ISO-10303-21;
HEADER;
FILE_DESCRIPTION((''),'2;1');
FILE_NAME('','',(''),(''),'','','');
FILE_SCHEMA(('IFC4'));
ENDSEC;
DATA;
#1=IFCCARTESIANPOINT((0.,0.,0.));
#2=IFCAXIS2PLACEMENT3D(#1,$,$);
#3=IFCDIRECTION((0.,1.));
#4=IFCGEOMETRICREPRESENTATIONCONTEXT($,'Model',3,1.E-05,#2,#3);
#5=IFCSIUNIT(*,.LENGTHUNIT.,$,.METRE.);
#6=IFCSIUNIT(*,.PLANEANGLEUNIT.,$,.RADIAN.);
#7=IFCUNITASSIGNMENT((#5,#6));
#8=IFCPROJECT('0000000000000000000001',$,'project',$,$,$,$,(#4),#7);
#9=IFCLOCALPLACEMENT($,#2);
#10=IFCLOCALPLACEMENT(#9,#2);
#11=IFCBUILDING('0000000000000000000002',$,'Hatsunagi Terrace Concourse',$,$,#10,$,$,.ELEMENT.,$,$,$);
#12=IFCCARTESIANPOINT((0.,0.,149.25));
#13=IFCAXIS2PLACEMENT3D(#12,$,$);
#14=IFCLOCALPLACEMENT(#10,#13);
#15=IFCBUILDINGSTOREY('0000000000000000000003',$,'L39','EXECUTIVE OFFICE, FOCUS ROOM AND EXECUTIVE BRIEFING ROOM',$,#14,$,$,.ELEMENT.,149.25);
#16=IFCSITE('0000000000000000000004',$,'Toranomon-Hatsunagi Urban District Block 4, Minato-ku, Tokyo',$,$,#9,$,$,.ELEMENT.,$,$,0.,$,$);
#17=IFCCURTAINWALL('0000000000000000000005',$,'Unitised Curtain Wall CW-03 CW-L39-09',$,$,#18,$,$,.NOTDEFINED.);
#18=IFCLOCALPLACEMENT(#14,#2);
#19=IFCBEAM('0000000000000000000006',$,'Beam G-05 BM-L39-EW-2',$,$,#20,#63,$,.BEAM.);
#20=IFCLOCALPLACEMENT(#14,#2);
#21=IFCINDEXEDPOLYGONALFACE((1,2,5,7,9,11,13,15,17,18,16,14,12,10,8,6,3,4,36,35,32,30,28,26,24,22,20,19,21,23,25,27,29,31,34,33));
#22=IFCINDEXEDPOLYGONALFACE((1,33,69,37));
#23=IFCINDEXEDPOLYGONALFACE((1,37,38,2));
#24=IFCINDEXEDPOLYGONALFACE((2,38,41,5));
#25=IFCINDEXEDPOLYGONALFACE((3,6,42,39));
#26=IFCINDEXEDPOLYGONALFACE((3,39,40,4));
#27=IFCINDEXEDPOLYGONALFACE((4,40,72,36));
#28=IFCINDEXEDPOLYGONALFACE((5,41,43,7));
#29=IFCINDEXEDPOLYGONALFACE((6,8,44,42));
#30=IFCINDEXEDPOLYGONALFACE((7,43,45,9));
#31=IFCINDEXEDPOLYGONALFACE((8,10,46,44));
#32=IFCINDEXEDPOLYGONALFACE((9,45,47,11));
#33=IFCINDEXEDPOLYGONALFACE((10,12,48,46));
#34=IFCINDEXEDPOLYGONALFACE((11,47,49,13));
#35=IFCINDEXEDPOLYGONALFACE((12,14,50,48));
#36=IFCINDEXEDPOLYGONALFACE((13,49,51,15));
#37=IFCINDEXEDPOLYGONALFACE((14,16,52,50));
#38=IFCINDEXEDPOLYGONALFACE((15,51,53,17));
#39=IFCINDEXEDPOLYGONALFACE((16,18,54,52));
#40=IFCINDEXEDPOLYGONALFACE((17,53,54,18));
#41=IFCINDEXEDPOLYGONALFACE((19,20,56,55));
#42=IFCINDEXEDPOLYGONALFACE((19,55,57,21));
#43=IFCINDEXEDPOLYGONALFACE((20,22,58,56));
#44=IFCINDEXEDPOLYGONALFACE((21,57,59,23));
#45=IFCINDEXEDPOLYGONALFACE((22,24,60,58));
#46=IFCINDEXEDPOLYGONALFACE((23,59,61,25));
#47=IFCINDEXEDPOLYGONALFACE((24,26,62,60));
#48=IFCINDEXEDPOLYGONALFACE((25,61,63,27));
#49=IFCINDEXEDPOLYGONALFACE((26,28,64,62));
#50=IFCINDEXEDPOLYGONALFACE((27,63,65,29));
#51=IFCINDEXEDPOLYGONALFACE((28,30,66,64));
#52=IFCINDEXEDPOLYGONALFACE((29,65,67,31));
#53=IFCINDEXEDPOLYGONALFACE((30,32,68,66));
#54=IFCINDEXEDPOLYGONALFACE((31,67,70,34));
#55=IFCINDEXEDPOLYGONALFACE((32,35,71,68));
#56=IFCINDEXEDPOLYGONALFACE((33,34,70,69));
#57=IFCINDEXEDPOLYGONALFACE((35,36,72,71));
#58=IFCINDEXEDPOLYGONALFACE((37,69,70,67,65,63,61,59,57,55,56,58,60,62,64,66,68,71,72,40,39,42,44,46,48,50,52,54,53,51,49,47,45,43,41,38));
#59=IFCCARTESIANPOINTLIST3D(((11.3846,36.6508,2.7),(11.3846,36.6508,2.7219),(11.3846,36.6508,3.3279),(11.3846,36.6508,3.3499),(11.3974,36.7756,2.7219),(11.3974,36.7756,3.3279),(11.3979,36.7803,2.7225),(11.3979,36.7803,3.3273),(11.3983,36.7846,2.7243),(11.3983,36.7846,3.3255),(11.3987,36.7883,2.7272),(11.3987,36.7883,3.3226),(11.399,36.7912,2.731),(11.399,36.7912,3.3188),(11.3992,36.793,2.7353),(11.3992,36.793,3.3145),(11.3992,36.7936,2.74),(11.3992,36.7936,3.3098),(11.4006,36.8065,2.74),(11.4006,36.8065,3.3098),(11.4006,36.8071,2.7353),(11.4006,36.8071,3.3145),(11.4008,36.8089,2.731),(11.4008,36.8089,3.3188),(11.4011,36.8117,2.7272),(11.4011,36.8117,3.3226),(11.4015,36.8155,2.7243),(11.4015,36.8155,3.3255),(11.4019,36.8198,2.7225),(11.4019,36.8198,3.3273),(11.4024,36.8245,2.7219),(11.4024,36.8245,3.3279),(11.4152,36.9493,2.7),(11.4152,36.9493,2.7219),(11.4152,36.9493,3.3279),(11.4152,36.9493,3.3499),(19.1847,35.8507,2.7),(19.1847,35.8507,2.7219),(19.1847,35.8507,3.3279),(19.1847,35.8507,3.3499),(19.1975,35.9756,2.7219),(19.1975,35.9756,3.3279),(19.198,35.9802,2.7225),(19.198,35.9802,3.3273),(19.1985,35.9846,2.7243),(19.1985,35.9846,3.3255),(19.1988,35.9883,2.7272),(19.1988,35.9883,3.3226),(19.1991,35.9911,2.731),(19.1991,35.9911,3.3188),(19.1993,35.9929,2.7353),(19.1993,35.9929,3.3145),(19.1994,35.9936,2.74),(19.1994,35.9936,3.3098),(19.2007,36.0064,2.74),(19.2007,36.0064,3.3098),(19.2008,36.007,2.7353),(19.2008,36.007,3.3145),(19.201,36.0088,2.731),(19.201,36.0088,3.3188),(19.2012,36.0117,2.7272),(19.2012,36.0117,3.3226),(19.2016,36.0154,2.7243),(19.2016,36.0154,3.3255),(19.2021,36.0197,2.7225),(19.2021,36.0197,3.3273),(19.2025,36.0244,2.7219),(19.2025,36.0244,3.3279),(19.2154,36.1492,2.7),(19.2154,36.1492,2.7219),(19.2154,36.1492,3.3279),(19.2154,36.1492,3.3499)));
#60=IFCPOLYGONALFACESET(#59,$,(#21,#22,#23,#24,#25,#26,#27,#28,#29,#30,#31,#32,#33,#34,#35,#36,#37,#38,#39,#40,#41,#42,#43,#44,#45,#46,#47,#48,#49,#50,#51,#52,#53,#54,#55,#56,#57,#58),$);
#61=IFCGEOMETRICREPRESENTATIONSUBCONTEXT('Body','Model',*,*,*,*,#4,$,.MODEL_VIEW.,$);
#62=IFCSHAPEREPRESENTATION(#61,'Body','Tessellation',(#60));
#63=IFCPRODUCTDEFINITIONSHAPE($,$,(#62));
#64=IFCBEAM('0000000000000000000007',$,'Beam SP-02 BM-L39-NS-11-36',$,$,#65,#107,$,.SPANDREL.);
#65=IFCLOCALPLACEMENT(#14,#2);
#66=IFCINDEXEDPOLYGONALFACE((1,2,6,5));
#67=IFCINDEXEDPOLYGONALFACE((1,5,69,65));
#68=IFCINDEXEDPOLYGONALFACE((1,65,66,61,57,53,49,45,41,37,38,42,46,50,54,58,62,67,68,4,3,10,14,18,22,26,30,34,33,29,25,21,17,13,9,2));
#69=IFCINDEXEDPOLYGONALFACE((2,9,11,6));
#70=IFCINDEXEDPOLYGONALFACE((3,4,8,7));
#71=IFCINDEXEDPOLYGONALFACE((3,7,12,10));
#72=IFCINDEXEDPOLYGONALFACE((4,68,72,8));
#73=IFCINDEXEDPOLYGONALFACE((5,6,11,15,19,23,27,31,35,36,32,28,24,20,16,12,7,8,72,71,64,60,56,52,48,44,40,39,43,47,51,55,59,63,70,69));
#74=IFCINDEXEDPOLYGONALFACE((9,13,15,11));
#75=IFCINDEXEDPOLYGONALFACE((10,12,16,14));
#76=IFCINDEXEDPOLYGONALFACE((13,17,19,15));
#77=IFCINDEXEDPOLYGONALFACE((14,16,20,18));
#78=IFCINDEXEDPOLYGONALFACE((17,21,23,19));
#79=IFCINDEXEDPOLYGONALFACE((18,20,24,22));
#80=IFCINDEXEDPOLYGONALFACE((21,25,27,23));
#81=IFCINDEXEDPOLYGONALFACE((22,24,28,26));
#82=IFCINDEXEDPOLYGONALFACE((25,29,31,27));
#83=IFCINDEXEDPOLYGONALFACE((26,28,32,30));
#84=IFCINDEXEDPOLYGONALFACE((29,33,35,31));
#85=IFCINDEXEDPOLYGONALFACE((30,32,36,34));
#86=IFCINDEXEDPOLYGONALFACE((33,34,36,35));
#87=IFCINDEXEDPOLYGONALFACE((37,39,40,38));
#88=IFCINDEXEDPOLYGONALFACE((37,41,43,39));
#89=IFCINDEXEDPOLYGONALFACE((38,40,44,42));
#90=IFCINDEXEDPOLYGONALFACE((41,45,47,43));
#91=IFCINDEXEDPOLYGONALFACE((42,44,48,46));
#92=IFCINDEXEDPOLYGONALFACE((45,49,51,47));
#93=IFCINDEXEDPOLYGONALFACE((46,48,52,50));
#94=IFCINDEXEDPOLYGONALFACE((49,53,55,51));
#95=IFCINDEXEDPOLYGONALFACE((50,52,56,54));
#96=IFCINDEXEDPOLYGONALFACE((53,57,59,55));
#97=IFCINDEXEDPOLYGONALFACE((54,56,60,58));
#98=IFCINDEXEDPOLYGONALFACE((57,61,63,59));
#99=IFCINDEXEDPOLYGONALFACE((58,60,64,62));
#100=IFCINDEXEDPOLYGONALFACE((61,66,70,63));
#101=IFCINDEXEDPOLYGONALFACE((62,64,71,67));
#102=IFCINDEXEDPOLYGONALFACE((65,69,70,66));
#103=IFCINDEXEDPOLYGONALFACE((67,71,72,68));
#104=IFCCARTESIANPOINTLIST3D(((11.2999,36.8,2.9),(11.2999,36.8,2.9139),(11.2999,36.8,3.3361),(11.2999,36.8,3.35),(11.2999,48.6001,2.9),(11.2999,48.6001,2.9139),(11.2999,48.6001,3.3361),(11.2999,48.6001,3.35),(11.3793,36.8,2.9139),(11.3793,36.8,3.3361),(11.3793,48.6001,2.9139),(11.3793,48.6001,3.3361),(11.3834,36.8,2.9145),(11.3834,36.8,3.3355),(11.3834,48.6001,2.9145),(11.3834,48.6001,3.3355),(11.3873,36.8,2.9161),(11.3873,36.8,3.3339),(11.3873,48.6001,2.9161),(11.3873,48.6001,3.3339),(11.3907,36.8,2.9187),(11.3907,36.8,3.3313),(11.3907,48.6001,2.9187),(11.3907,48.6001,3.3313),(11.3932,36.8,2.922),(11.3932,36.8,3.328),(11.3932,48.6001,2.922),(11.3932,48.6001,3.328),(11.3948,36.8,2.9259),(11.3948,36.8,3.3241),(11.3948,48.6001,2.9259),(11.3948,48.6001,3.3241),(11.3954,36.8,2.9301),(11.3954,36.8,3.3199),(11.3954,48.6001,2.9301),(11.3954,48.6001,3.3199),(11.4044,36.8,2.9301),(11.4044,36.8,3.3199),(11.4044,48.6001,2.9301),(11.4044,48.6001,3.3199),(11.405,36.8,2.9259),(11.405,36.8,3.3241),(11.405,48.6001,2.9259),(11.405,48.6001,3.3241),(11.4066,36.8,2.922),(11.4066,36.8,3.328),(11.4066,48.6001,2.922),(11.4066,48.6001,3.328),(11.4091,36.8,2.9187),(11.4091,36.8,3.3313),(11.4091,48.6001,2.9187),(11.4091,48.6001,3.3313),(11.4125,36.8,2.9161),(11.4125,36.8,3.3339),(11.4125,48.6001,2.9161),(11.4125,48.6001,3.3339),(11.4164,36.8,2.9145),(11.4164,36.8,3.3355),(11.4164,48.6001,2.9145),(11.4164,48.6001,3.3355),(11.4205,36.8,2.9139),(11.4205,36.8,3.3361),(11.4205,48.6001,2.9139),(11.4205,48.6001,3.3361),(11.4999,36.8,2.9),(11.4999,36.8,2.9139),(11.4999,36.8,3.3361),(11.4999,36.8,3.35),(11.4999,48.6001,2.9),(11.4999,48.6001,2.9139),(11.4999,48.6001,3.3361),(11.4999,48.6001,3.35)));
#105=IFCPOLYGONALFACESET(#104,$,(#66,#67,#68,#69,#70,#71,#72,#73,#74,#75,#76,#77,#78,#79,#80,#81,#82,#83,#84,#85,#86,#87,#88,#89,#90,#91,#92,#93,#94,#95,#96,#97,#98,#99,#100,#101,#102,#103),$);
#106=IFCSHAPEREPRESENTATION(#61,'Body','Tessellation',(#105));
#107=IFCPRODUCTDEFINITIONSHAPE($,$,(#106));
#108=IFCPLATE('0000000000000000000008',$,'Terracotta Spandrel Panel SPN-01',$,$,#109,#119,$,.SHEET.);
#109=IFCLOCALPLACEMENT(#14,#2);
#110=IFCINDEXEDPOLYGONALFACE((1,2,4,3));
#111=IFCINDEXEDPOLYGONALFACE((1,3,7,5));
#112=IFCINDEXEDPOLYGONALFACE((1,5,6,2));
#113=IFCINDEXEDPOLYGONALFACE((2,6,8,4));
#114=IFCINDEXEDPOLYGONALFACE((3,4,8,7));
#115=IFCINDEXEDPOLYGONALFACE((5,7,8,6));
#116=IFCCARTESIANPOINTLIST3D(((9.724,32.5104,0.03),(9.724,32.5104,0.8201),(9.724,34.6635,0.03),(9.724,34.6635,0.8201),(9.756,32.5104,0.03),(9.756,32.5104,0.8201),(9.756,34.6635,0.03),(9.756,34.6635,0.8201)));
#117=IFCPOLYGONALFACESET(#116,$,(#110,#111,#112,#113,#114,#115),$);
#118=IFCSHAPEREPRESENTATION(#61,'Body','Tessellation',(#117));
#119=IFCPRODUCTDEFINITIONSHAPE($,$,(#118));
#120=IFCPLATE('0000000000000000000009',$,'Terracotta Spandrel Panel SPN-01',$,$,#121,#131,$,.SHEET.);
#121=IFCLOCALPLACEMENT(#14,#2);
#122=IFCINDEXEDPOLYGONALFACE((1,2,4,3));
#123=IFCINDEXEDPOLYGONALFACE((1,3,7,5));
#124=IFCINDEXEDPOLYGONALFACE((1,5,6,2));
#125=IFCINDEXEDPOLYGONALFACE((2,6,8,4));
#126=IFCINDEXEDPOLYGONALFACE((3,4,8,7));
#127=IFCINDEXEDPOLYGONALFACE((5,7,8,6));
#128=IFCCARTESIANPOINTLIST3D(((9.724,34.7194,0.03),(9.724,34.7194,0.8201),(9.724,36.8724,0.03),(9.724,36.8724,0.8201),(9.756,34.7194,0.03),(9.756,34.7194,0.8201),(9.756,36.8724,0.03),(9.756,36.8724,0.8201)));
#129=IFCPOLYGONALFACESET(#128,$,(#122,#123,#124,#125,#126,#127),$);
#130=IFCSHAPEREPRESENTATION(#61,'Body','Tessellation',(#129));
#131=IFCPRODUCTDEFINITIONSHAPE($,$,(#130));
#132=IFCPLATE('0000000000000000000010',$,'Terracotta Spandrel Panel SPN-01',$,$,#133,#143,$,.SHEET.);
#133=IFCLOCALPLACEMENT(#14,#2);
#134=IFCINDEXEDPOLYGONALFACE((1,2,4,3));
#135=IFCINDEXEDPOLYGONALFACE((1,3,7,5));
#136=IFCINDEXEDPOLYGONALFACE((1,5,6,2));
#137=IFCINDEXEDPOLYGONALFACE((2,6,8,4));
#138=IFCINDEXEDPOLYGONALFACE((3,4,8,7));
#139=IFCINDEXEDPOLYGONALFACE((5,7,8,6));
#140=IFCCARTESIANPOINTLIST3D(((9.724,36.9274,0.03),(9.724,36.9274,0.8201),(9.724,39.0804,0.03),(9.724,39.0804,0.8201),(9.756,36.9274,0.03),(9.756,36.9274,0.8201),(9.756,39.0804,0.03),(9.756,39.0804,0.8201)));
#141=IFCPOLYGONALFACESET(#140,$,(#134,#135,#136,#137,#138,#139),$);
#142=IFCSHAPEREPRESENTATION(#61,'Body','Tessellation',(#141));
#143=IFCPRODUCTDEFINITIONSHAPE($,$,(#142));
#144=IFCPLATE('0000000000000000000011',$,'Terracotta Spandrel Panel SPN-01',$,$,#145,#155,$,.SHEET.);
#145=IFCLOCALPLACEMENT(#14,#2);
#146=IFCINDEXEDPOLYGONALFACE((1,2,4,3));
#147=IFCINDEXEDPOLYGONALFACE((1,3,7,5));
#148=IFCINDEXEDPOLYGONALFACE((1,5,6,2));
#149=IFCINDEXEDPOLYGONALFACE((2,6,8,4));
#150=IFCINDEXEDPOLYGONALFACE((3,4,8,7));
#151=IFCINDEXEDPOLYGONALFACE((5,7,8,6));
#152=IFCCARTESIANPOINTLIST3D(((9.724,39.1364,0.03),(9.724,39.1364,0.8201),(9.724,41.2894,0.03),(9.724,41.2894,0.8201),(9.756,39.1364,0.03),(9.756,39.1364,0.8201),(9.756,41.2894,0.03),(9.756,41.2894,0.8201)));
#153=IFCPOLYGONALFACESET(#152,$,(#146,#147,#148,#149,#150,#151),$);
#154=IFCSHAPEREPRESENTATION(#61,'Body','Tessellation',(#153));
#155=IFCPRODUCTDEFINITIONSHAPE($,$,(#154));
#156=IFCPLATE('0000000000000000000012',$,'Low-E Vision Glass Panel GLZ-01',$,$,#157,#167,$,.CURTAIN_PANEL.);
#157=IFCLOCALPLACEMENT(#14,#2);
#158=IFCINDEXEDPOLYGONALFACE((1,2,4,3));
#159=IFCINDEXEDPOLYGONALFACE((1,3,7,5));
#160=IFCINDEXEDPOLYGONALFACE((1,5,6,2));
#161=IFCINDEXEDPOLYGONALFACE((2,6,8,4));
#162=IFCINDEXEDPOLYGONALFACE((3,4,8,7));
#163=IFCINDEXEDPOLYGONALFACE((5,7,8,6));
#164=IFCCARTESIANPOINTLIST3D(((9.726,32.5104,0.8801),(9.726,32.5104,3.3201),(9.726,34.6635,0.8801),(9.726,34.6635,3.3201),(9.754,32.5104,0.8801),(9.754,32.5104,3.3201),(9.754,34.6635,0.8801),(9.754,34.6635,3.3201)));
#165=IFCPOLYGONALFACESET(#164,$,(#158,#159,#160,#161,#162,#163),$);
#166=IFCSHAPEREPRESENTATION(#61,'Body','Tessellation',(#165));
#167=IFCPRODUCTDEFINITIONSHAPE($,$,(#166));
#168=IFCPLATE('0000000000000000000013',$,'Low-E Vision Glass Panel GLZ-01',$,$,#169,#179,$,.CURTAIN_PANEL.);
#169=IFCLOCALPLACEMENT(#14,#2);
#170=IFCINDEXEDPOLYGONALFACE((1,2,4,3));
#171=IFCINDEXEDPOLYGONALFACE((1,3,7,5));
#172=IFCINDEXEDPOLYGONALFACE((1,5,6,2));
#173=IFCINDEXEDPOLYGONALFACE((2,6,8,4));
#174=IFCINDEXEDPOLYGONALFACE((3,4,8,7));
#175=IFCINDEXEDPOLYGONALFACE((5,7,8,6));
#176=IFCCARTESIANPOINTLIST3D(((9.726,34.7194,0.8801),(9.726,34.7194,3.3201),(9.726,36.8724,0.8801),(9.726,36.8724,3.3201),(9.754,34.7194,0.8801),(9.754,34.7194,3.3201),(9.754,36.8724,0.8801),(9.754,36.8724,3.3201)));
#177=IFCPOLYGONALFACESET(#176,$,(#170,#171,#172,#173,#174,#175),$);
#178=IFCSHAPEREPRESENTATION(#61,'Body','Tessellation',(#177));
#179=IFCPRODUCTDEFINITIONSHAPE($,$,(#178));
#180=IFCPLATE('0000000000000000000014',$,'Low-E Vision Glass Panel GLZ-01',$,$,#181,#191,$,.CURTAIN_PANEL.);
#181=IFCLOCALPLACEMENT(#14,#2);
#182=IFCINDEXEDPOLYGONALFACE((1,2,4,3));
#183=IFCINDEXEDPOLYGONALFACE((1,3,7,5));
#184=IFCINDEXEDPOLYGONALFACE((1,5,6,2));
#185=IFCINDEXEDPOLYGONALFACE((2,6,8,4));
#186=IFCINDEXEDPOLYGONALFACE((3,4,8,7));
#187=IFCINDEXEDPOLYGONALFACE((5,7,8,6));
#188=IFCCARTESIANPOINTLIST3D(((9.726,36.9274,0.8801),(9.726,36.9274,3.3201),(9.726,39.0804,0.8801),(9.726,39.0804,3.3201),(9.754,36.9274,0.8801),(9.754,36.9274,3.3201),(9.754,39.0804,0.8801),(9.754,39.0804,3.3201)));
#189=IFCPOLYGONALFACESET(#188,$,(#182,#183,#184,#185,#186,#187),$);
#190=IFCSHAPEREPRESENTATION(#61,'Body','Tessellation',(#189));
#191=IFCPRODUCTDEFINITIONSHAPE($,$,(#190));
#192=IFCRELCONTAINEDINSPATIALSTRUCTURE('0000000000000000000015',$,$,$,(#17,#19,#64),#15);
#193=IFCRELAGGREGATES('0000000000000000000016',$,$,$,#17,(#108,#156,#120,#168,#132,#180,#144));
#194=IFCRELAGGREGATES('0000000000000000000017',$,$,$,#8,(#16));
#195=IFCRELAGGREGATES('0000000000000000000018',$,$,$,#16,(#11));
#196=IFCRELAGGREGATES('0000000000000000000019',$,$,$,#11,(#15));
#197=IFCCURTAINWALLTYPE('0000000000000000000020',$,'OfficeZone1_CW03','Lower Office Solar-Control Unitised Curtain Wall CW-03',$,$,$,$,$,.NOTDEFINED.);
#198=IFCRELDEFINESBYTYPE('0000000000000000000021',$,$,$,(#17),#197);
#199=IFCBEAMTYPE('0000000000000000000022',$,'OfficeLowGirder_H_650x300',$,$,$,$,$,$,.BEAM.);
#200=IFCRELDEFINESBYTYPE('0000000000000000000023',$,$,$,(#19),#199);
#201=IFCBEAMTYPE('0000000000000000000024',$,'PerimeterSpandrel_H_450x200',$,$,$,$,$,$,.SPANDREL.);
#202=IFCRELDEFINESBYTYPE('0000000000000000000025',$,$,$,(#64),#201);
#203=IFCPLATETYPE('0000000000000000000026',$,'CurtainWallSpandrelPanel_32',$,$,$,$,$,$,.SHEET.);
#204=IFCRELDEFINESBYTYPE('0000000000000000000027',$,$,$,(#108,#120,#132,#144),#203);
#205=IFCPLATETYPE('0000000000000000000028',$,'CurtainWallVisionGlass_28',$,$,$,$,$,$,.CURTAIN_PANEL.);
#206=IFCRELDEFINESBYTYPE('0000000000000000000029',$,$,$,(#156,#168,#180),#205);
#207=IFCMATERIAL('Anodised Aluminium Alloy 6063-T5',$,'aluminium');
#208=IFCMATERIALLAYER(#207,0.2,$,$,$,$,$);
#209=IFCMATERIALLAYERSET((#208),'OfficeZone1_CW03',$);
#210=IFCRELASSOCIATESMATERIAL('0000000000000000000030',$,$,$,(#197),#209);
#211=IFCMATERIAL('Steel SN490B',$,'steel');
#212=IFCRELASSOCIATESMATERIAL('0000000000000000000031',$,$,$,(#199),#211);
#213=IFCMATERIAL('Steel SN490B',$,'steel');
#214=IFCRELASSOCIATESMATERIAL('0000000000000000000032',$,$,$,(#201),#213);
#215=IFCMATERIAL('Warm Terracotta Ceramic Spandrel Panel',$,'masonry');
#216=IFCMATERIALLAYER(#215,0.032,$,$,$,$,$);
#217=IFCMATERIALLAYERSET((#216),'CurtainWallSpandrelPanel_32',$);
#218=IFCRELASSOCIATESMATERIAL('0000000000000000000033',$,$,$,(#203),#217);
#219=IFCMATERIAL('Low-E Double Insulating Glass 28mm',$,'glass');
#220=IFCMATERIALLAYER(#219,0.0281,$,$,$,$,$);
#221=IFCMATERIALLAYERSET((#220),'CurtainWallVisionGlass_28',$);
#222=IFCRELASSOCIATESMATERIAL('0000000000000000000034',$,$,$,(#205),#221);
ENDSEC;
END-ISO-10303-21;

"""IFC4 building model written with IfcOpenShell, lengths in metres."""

from ifc_helpers import new_model, si_unit, direction, frame, origin, origin_2d, place, context, subcontext, project, spatial, rectangle, i_section, extrude, material, layer, layer_set, material_profile, profile_set, type_object, element, aggregate, save


model = new_model("IFC4")

# Units and contexts
model_context = context("Model", 3, precision=1e-05, world=origin(), true_north=direction((0.0, 1.0)))
body_context = subcontext(model_context, "Body", "Model", "MODEL_VIEW")
ifc_project = project(units=[si_unit("LENGTHUNIT", "METRE"), si_unit("PLANEANGLEUNIT", "RADIAN")], contexts=[model_context])

# Site, building, storey
site_placement = place(None, origin())
site = spatial("IfcSite", under=ifc_project, at=site_placement, Name="Toranomon-Hatsunagi Urban District Block 4, Minato-ku, Tokyo", CompositionType="ELEMENT", RefElevation=0.0)
building_placement = place(site_placement, origin())
building = spatial("IfcBuilding", under=site, at=building_placement, Name="Hatsunagi Terrace Concourse", CompositionType="ELEMENT")
storey_placement = place(building_placement, frame((0.0, 0.0, 149.25)))
storey = spatial("IfcBuildingStorey", under=building, at=storey_placement, Name="L39", Description="EXECUTIVE OFFICE, FOCUS ROOM AND EXECUTIVE BRIEFING ROOM", CompositionType="ELEMENT", Elevation=149.25)

# Curtain wall
ifc_material_1 = material(Name="Anodised Aluminium Alloy 6063-T5", Category="aluminium")
ifc_layer_1 = layer(ifc_material_1, 0.2)
ifc_layer_set_1 = layer_set([ifc_layer_1], Name="OfficeZone1_CW03")
curtain_wall_type = type_object("IfcCurtainWallType", Name="OfficeZone1_CW03", Description="Lower Office Solar-Control Unitised Curtain Wall CW-03", PredefinedType="NOTDEFINED", material=ifc_layer_set_1)
curtain_wall_placement = place(storey_placement, origin())
curtain_wall = element("IfcCurtainWall", 1, at=curtain_wall_placement, inside=storey, type_object=curtain_wall_type, Name="Unitised Curtain Wall CW-03 CW-L39-09", PredefinedType="NOTDEFINED")

# Beams
ifc_material_2 = material(Name="Steel SN490B", Category="steel")
ifc_material_profile_1 = material_profile(ifc_material_2, i_section(OverallWidth=0.3, OverallDepth=0.6499, WebThickness=0.0129, FlangeThickness=0.022, FilletRadius=0.0181, at=origin_2d()), Name="H-650x300x13x22")
ifc_profile_set_1 = profile_set([ifc_material_profile_1], Name="Steel SN490B")
beam_type_1 = type_object("IfcBeamType", Name="OfficeLowGirder_H_650x300", PredefinedType="BEAM", material=ifc_profile_set_1)
beam_1_placement = place(storey_placement, frame((11.3999, 36.8, 3.0249), z_axis=(0.994781, -0.102034, 0.0), x_axis=(0.102034, 0.994781, 0.0)))
element("IfcBeam", 2, at=beam_1_placement, inside=storey, type_object=beam_type_1, Name="Beam G-05 BM-L39-EW-2", PredefinedType="BEAM", context=body_context, shape_type="SweptSolid", body=[
    extrude(i_section(OverallWidth=0.3, OverallDepth=0.6499, WebThickness=0.0129, FlangeThickness=0.022, FilletRadius=0.0181, at=origin_2d()), origin(), (0.0, 0.0, 1.0), 7.8411),
])
ifc_material_3 = material(Name="Steel SN490B", Category="steel")
ifc_material_profile_2 = material_profile(ifc_material_3, i_section(OverallWidth=0.2, OverallDepth=0.45, WebThickness=0.009, FlangeThickness=0.0139, FilletRadius=0.0161, at=origin_2d()), Name="H-450x200x9x14")
ifc_profile_set_2 = profile_set([ifc_material_profile_2], Name="Steel SN490B")
beam_type_2 = type_object("IfcBeamType", Name="PerimeterSpandrel_H_450x200", PredefinedType="SPANDREL", material=ifc_profile_set_2)
beam_2_placement = place(storey_placement, frame((11.3999, 36.8, 3.125), z_axis=(0.0, 1.0, 0.0), x_axis=(-1.0, 0.0, 0.0)))
element("IfcBeam", 3, at=beam_2_placement, inside=storey, type_object=beam_type_2, Name="Beam SP-02 BM-L39-NS-11-36", PredefinedType="SPANDREL", context=body_context, shape_type="SweptSolid", body=[
    extrude(i_section(OverallWidth=0.2, OverallDepth=0.45, WebThickness=0.009, FlangeThickness=0.0139, FilletRadius=0.0161, at=origin_2d()), origin(), (0.0, 0.0, 1.0), 11.8),
])

# Plates
ifc_material_4 = material(Name="Warm Terracotta Ceramic Spandrel Panel", Category="masonry")
ifc_layer_2 = layer(ifc_material_4, 0.032)
ifc_layer_set_2 = layer_set([ifc_layer_2], Name="CurtainWallSpandrelPanel_32")
plate_type_1 = type_object("IfcPlateType", Name="CurtainWallSpandrelPanel_32", PredefinedType="SHEET", material=ifc_layer_set_2)
plate_1_placement = place(storey_placement, frame((9.74, 33.5869, 0.03), z_axis=(0.0, 0.0, 1.0), x_axis=(0.0, 1.0, 0.0)))
plate_1 = element("IfcPlate", 4, at=plate_1_placement, type_object=plate_type_1, Name="Terracotta Spandrel Panel SPN-01", PredefinedType="SHEET", context=body_context, shape_type="SweptSolid", body=[
    extrude(rectangle(XDim=2.1531, YDim=0.032, at=origin_2d()), origin(), (0.0, 0.0, 1.0), 0.79),
])
plate_2_placement = place(storey_placement, frame((9.74, 35.7959, 0.03), z_axis=(0.0, 0.0, 1.0), x_axis=(0.0, 1.0, 0.0)))
plate_2 = element("IfcPlate", 5, at=plate_2_placement, type_object=plate_type_1, Name="Terracotta Spandrel Panel SPN-01", PredefinedType="SHEET", context=body_context, shape_type="SweptSolid", body=[
    extrude(rectangle(XDim=2.1531, YDim=0.032, at=origin_2d()), origin(), (0.0, 0.0, 1.0), 0.79),
])
plate_3_placement = place(storey_placement, frame((9.74, 38.0039, 0.03), z_axis=(0.0, 0.0, 1.0), x_axis=(0.0, 1.0, 0.0)))
plate_3 = element("IfcPlate", 6, at=plate_3_placement, type_object=plate_type_1, Name="Terracotta Spandrel Panel SPN-01", PredefinedType="SHEET", context=body_context, shape_type="SweptSolid", body=[
    extrude(rectangle(XDim=2.1531, YDim=0.032, at=origin_2d()), origin(), (0.0, 0.0, 1.0), 0.79),
])
plate_4_placement = place(storey_placement, frame((9.74, 40.2129, 0.03), z_axis=(0.0, 0.0, 1.0), x_axis=(0.0, 1.0, 0.0)))
plate_4 = element("IfcPlate", 7, at=plate_4_placement, type_object=plate_type_1, Name="Terracotta Spandrel Panel SPN-01", PredefinedType="SHEET", context=body_context, shape_type="SweptSolid", body=[
    extrude(rectangle(XDim=2.1531, YDim=0.032, at=origin_2d()), origin(), (0.0, 0.0, 1.0), 0.79),
])
ifc_material_5 = material(Name="Low-E Double Insulating Glass 28mm", Category="glass")
ifc_layer_3 = layer(ifc_material_5, 0.0281)
ifc_layer_set_3 = layer_set([ifc_layer_3], Name="CurtainWallVisionGlass_28")
plate_type_2 = type_object("IfcPlateType", Name="CurtainWallVisionGlass_28", PredefinedType="CURTAIN_PANEL", material=ifc_layer_set_3)
plate_5_placement = place(storey_placement, frame((9.74, 33.5869, 0.8801), z_axis=(0.0, 0.0, 1.0), x_axis=(0.0, 1.0, 0.0)))
plate_5 = element("IfcPlate", 8, at=plate_5_placement, type_object=plate_type_2, Name="Low-E Vision Glass Panel GLZ-01", PredefinedType="CURTAIN_PANEL", context=body_context, shape_type="SweptSolid", body=[
    extrude(rectangle(XDim=2.1531, YDim=0.0281, at=origin_2d()), origin(), (0.0, 0.0, 1.0), 2.4399),
])
plate_6_placement = place(storey_placement, frame((9.74, 35.7959, 0.8801), z_axis=(0.0, 0.0, 1.0), x_axis=(0.0, 1.0, 0.0)))
plate_6 = element("IfcPlate", 9, at=plate_6_placement, type_object=plate_type_2, Name="Low-E Vision Glass Panel GLZ-01", PredefinedType="CURTAIN_PANEL", context=body_context, shape_type="SweptSolid", body=[
    extrude(rectangle(XDim=2.1531, YDim=0.0281, at=origin_2d()), origin(), (0.0, 0.0, 1.0), 2.4399),
])
plate_7_placement = place(storey_placement, frame((9.74, 38.0039, 0.8801), z_axis=(0.0, 0.0, 1.0), x_axis=(0.0, 1.0, 0.0)))
plate_7 = element("IfcPlate", 10, at=plate_7_placement, type_object=plate_type_2, Name="Low-E Vision Glass Panel GLZ-01", PredefinedType="CURTAIN_PANEL", context=body_context, shape_type="SweptSolid", body=[
    extrude(rectangle(XDim=2.1531, YDim=0.0281, at=origin_2d()), origin(), (0.0, 0.0, 1.0), 2.4399),
])
aggregate(curtain_wall, [plate_1, plate_5, plate_2, plate_6, plate_3, plate_7, plate_4])

save(model, "model.ifc")
